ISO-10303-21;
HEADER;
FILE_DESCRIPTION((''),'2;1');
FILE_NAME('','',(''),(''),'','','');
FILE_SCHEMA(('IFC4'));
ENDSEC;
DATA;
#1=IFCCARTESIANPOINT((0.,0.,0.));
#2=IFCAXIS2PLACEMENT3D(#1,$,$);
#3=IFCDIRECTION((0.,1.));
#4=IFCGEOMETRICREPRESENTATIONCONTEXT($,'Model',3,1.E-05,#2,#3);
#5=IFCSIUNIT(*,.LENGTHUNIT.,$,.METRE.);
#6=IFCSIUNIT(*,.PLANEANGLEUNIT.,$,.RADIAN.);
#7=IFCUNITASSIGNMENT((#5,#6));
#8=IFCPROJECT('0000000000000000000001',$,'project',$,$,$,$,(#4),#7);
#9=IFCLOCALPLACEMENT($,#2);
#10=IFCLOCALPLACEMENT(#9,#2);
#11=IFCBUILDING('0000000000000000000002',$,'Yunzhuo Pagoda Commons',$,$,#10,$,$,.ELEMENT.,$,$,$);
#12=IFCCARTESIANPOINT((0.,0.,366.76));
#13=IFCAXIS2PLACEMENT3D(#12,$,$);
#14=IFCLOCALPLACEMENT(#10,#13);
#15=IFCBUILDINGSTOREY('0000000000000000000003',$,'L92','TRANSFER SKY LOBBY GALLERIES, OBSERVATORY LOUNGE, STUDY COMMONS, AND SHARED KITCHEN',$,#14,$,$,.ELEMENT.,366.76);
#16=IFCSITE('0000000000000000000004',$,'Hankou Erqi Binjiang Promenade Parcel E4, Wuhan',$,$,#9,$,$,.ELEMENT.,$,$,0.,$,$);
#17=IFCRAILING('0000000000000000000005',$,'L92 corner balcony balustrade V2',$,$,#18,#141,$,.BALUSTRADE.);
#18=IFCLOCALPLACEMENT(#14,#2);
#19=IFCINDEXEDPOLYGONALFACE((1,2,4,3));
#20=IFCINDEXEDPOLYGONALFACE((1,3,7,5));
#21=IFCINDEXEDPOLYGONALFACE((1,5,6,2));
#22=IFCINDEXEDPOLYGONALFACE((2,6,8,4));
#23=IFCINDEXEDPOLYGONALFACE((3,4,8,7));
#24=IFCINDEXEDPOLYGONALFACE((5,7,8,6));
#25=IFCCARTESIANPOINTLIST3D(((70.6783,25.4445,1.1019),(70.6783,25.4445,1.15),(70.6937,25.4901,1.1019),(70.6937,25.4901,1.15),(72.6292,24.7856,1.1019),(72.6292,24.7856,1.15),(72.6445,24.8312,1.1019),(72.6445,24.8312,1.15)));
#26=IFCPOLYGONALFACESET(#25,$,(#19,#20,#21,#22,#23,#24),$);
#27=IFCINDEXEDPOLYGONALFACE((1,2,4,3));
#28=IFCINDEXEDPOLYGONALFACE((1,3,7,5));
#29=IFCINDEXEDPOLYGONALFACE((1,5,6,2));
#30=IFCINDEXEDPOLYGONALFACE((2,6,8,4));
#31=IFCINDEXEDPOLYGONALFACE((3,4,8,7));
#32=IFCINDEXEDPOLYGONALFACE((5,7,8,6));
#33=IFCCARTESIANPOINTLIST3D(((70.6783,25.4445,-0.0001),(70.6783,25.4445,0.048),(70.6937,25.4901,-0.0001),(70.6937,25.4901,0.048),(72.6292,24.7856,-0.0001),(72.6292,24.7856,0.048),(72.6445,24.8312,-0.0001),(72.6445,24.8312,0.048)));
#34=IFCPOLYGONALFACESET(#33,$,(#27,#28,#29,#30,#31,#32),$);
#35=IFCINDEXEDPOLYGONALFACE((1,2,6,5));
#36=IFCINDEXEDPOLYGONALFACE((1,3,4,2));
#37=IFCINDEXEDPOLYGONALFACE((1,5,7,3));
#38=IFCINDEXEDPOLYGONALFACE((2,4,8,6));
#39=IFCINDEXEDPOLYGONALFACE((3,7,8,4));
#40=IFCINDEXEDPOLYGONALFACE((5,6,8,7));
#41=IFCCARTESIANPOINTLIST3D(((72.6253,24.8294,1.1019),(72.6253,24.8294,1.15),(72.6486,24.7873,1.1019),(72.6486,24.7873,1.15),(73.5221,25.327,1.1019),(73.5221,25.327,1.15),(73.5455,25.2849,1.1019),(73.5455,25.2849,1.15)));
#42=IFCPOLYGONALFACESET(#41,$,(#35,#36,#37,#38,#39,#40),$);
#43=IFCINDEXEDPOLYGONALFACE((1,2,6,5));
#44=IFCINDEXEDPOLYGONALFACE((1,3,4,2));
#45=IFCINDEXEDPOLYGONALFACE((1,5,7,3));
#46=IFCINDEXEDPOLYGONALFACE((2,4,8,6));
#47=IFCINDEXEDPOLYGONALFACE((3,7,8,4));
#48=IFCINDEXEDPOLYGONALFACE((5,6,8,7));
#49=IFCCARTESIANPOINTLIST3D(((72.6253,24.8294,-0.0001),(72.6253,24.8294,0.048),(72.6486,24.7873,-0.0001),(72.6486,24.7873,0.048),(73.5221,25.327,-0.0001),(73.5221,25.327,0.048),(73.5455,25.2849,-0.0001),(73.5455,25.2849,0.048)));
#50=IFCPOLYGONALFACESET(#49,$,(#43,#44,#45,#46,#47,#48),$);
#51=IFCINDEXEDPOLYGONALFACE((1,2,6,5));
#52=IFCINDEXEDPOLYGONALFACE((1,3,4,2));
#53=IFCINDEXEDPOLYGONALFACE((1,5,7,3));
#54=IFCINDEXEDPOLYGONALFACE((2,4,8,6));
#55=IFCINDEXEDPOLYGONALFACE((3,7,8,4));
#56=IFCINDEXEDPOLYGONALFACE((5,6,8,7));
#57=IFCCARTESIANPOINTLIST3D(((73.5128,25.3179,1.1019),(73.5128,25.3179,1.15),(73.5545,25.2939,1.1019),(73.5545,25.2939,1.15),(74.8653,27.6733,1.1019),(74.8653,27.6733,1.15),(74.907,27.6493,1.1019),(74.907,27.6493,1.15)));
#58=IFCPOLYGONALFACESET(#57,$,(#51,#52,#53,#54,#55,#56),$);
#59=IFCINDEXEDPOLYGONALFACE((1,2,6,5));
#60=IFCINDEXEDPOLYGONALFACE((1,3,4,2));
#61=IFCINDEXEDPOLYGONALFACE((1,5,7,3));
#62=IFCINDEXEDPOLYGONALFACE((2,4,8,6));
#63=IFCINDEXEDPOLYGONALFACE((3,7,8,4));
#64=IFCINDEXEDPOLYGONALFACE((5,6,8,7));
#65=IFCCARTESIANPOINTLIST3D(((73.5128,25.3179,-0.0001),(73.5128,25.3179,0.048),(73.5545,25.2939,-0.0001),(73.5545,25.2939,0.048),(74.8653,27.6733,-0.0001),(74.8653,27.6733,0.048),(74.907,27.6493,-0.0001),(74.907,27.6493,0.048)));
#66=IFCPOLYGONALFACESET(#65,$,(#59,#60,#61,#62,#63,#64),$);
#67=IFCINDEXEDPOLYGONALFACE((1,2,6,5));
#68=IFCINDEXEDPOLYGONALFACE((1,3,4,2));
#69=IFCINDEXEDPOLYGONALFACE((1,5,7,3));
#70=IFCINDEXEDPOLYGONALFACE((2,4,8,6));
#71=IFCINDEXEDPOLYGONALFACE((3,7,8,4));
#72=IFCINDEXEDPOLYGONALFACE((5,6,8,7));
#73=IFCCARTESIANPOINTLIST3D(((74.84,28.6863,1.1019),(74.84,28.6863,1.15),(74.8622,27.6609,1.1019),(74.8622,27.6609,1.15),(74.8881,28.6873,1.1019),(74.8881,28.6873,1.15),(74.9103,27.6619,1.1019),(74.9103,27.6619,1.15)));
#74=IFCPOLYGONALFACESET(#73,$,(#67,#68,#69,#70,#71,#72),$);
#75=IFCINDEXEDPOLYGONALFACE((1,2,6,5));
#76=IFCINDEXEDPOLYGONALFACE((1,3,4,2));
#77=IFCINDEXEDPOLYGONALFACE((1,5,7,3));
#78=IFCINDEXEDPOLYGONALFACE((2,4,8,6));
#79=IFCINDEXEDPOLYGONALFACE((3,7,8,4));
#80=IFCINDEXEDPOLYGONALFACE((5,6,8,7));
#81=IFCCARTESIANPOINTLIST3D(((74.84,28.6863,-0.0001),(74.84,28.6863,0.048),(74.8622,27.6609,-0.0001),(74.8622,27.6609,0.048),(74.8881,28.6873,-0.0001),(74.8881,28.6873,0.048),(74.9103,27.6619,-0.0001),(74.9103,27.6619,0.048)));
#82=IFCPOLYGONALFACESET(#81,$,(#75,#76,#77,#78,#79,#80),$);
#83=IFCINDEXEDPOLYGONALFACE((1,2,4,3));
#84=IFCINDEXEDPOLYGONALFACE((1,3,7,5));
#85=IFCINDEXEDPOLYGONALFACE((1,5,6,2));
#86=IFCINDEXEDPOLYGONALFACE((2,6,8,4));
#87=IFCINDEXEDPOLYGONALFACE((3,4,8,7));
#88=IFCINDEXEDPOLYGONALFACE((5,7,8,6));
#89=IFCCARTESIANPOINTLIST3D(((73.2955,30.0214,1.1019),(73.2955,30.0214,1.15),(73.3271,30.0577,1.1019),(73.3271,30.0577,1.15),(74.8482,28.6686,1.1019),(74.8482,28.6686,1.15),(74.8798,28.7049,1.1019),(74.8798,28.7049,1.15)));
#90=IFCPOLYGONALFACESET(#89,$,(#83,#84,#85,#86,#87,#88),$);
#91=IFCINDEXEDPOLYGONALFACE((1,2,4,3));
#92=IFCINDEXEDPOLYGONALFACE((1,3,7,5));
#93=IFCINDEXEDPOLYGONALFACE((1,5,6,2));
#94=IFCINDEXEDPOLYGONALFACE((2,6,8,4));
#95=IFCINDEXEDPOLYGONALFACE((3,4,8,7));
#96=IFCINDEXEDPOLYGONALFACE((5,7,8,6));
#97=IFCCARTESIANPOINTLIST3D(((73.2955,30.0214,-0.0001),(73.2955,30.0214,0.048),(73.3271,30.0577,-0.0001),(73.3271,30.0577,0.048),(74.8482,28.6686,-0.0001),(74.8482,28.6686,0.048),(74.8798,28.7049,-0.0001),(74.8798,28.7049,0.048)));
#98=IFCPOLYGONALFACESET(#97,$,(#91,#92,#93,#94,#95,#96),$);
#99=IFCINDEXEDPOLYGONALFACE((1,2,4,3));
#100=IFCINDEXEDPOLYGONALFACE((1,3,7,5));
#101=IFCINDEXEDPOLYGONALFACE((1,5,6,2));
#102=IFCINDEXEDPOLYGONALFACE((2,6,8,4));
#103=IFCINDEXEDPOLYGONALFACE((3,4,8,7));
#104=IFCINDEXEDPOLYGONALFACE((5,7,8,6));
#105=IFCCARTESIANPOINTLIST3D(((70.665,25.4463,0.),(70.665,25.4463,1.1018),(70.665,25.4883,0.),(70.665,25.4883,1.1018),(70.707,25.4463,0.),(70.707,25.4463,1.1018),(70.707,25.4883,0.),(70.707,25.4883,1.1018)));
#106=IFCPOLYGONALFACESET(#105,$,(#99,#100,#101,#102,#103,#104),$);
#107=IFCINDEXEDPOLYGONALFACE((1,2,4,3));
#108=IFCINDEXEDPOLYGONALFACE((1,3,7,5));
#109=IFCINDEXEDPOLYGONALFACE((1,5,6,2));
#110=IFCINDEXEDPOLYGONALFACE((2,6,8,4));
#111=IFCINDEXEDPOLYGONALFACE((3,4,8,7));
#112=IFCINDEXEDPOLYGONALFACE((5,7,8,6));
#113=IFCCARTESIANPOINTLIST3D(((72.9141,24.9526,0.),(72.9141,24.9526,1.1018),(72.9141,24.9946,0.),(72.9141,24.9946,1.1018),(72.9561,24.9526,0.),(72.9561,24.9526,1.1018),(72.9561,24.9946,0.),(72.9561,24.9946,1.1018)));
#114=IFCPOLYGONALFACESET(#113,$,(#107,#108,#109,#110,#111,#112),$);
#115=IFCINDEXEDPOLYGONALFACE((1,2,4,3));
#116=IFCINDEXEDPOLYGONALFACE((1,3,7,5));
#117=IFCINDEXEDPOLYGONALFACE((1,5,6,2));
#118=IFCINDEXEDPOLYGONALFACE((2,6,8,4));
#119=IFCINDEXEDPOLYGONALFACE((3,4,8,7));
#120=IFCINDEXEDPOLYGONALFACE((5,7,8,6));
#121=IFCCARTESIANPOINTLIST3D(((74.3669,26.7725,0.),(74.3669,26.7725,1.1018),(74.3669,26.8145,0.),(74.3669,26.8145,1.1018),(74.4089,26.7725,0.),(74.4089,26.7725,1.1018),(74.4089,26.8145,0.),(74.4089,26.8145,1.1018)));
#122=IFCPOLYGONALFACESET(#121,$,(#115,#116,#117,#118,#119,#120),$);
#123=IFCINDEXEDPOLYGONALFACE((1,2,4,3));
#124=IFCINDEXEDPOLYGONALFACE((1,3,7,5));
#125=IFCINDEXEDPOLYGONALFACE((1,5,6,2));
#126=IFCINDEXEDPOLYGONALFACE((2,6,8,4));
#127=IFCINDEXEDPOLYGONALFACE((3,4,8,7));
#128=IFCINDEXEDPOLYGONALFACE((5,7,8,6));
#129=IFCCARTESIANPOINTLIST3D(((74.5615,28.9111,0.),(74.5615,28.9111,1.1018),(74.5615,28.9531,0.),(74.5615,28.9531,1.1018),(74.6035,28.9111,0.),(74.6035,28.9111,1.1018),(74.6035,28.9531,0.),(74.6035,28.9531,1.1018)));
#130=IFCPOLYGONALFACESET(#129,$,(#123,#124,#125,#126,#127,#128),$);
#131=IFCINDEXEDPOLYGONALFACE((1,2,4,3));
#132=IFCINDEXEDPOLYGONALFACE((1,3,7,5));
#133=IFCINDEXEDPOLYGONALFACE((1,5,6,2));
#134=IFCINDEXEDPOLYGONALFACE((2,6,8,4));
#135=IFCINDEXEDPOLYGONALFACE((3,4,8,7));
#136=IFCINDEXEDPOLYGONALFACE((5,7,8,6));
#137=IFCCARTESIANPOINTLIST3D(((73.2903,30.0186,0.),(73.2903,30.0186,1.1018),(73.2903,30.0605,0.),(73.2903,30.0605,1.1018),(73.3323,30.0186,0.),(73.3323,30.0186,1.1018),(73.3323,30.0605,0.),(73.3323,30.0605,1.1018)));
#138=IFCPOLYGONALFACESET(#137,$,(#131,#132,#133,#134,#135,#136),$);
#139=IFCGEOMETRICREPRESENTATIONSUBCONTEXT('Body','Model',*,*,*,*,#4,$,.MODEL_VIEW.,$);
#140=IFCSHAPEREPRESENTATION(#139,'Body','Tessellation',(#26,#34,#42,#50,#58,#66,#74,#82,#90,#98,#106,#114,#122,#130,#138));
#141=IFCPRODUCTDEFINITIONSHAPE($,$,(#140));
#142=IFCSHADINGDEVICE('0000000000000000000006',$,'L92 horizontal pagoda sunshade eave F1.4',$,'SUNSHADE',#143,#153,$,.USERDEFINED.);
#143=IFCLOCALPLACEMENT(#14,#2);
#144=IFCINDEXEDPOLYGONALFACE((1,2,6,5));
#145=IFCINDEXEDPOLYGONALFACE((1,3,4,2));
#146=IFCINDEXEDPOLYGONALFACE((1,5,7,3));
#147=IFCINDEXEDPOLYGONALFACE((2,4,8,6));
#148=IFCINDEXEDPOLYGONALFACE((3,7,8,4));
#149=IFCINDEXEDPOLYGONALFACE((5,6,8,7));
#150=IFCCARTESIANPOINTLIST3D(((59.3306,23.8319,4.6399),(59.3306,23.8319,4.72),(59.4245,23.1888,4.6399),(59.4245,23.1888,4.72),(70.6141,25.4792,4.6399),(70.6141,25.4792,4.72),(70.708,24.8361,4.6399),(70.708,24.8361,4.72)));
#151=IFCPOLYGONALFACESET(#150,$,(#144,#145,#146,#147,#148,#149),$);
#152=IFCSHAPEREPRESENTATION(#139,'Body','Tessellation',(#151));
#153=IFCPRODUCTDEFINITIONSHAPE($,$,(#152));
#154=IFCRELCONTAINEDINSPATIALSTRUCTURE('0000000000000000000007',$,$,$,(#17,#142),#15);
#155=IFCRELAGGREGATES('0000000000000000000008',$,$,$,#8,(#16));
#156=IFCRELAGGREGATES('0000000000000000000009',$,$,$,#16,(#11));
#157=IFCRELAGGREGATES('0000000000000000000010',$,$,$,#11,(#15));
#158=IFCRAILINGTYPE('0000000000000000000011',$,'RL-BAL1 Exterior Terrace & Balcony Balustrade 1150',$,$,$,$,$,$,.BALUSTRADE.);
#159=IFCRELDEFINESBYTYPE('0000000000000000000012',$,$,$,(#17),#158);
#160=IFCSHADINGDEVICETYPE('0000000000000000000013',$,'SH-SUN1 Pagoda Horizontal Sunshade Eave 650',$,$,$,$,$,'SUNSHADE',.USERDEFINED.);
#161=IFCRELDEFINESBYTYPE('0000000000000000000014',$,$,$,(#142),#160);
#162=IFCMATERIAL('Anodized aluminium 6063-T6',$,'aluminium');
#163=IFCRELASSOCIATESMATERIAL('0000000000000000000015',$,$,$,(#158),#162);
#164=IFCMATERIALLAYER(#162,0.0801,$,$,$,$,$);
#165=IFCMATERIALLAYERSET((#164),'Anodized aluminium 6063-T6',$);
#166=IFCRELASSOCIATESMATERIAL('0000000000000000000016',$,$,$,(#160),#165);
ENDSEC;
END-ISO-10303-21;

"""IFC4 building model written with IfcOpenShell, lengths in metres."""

from ifc_helpers import new_model, si_unit, direction, frame, origin, origin_2d, place, context, subcontext, project, spatial, rectangle, extrude, source, transform, mapped, material, layer, layer_set, type_object, element, save


model = new_model("IFC4")

# Units and contexts
model_context = context("Model", 3, precision=1e-05, world=origin(), true_north=direction((0.0, 1.0)))
body_context = subcontext(model_context, "Body", "Model", "MODEL_VIEW")
ifc_project = project(units=[si_unit("LENGTHUNIT", "METRE"), si_unit("PLANEANGLEUNIT", "RADIAN")], contexts=[model_context])

# Site, building, storey
site_placement = place(None, origin())
site = spatial("IfcSite", under=ifc_project, at=site_placement, Name="Hankou Erqi Binjiang Promenade Parcel E4, Wuhan", CompositionType="ELEMENT", RefElevation=0.0)
building_placement = place(site_placement, origin())
building = spatial("IfcBuilding", under=site, at=building_placement, Name="Yunzhuo Pagoda Commons", CompositionType="ELEMENT")
storey_placement = place(building_placement, frame((0.0, 0.0, 366.76)))
storey = spatial("IfcBuildingStorey", under=building, at=storey_placement, Name="L92", Description="TRANSFER SKY LOBBY GALLERIES, OBSERVATORY LOUNGE, STUDY COMMONS, AND SHARED KITCHEN", CompositionType="ELEMENT", Elevation=366.76)

# Shared definitions
ifc_material_1 = material(Name="Anodized aluminium 6063-T6", Category="aluminium")

# Railing
railing_type_1 = type_object("IfcRailingType", Name="RL-BAL1 Exterior Terrace & Balcony Balustrade 1150", PredefinedType="BALUSTRADE", material=ifc_material_1)
railing_1_placement = place(storey_placement, frame((70.686, 25.4673, 0.0)))
element("IfcRailing", 1, at=railing_1_placement, inside=storey, type_object=railing_type_1, Name="L92 corner balcony balustrade V2", PredefinedType="BALUSTRADE", context=body_context, shape_type="SweptSolid", body=[
    extrude(rectangle(XDim=0.0481, YDim=0.0481, at=origin_2d()), frame((0.0, 0.0, 1.126), z_axis=(0.947419, -0.319996, 0.0), x_axis=(0.319996, 0.947419, 0.0)), (0.0, 0.0, 1.0), 2.0591),
    extrude(rectangle(XDim=0.0481, YDim=0.0481, at=origin_2d()), frame((0.0, 0.0, 0.0239), z_axis=(0.947419, -0.319996, 0.0), x_axis=(0.319996, 0.947419, 0.0)), (0.0, 0.0, 1.0), 2.0591),
    extrude(rectangle(XDim=0.0481, YDim=0.0481, at=origin_2d()), frame((1.9509, -0.6589, 1.126), z_axis=(0.874415, 0.485178, 0.0), x_axis=(-0.485178, 0.874415, 0.0)), (0.0, 0.0, 1.0), 1.0256),
    extrude(rectangle(XDim=0.0481, YDim=0.0481, at=origin_2d()), frame((1.9509, -0.6589, 0.0239), z_axis=(0.874415, 0.485178, 0.0), x_axis=(-0.485178, 0.874415, 0.0)), (0.0, 0.0, 1.0), 1.0256),
    extrude(rectangle(XDim=0.0481, YDim=0.0481, at=origin_2d()), frame((2.8477, -0.1614, 1.126), z_axis=(0.497958, 0.867201, 0.0), x_axis=(-0.867201, 0.497958, 0.0)), (0.0, 0.0, 1.0), 2.7161),
    extrude(rectangle(XDim=0.0481, YDim=0.0481, at=origin_2d()), frame((2.8477, -0.1614, 0.0239), z_axis=(0.497958, 0.867201, 0.0), x_axis=(-0.867201, 0.497958, 0.0)), (0.0, 0.0, 1.0), 2.7161),
    extrude(rectangle(XDim=0.0481, YDim=0.0481, at=origin_2d()), frame((4.2002, 2.1941, 1.126), z_axis=(-0.021662, 0.999765, 0.0), x_axis=(-0.999765, -0.021662, 0.0)), (0.0, 0.0, 1.0), 1.0256),
    extrude(rectangle(XDim=0.0481, YDim=0.0481, at=origin_2d()), frame((4.2002, 2.1941, 0.0239), z_axis=(-0.021662, 0.999765, 0.0), x_axis=(-0.999765, -0.021662, 0.0)), (0.0, 0.0, 1.0), 1.0256),
    extrude(rectangle(XDim=0.0481, YDim=0.0481, at=origin_2d()), frame((4.178, 3.2195, 1.126), z_axis=(-0.753985, 0.656892, 0.0), x_axis=(-0.656892, -0.753985, 0.0)), (0.0, 0.0, 1.0), 2.0593),
    extrude(rectangle(XDim=0.0481, YDim=0.0481, at=origin_2d()), frame((4.178, 3.2195, 0.0239), z_axis=(-0.753985, 0.656892, 0.0), x_axis=(-0.656892, -0.753985, 0.0)), (0.0, 0.0, 1.0), 2.0593),
    extrude(rectangle(XDim=0.042, YDim=0.042, at=origin_2d()), origin(), (0.0, 0.0, 1.0), 1.1018),
    extrude(rectangle(XDim=0.042, YDim=0.042, at=origin_2d()), frame((2.249, -0.4937, 0.0)), (0.0, 0.0, 1.0), 1.1018),
    extrude(rectangle(XDim=0.042, YDim=0.042, at=origin_2d()), frame((3.7019, 1.3262, 0.0)), (0.0, 0.0, 1.0), 1.1018),
    extrude(rectangle(XDim=0.042, YDim=0.042, at=origin_2d()), frame((3.8965, 3.4648, 0.0)), (0.0, 0.0, 1.0), 1.1018),
    extrude(rectangle(XDim=0.042, YDim=0.042, at=origin_2d()), frame((2.6252, 4.5723, 0.0)), (0.0, 0.0, 1.0), 1.1018),
])

# Shading device
ifc_layer_1 = layer(ifc_material_1, 0.0801)
ifc_layer_set_1 = layer_set([ifc_layer_1], Name="Anodized aluminium 6063-T6")
shading_device_type = type_object("IfcShadingDeviceType", Name="SH-SUN1 Pagoda Horizontal Sunshade Eave 650", ElementType="SUNSHADE", PredefinedType="USERDEFINED", material=ifc_layer_set_1)
shared_shape_1 = source(origin(), body_context, "Body", "SweptSolid", [
    extrude(rectangle(XDim=11.4031, YDim=0.6499, at=origin_2d()), origin(), (0.0, 0.0, 1.0), 0.0801),
])
shading_device_placement = place(storey_placement, frame((65.0193, 24.334, 4.6399), z_axis=(0.0, 0.0, 1.0), x_axis=(0.989511, 0.14446, 0.0)))
element("IfcShadingDevice", 2, at=shading_device_placement, inside=storey, type_object=shading_device_type, Name="L92 horizontal pagoda sunshade eave F1.4", ObjectType="SUNSHADE", PredefinedType="USERDEFINED", context=body_context, shape_type="MappedRepresentation", body=[
    mapped(shared_shape_1, transform((0.0, 0.0, 0.0), scale=1.0)),
])

save(model, "model.ifc")
